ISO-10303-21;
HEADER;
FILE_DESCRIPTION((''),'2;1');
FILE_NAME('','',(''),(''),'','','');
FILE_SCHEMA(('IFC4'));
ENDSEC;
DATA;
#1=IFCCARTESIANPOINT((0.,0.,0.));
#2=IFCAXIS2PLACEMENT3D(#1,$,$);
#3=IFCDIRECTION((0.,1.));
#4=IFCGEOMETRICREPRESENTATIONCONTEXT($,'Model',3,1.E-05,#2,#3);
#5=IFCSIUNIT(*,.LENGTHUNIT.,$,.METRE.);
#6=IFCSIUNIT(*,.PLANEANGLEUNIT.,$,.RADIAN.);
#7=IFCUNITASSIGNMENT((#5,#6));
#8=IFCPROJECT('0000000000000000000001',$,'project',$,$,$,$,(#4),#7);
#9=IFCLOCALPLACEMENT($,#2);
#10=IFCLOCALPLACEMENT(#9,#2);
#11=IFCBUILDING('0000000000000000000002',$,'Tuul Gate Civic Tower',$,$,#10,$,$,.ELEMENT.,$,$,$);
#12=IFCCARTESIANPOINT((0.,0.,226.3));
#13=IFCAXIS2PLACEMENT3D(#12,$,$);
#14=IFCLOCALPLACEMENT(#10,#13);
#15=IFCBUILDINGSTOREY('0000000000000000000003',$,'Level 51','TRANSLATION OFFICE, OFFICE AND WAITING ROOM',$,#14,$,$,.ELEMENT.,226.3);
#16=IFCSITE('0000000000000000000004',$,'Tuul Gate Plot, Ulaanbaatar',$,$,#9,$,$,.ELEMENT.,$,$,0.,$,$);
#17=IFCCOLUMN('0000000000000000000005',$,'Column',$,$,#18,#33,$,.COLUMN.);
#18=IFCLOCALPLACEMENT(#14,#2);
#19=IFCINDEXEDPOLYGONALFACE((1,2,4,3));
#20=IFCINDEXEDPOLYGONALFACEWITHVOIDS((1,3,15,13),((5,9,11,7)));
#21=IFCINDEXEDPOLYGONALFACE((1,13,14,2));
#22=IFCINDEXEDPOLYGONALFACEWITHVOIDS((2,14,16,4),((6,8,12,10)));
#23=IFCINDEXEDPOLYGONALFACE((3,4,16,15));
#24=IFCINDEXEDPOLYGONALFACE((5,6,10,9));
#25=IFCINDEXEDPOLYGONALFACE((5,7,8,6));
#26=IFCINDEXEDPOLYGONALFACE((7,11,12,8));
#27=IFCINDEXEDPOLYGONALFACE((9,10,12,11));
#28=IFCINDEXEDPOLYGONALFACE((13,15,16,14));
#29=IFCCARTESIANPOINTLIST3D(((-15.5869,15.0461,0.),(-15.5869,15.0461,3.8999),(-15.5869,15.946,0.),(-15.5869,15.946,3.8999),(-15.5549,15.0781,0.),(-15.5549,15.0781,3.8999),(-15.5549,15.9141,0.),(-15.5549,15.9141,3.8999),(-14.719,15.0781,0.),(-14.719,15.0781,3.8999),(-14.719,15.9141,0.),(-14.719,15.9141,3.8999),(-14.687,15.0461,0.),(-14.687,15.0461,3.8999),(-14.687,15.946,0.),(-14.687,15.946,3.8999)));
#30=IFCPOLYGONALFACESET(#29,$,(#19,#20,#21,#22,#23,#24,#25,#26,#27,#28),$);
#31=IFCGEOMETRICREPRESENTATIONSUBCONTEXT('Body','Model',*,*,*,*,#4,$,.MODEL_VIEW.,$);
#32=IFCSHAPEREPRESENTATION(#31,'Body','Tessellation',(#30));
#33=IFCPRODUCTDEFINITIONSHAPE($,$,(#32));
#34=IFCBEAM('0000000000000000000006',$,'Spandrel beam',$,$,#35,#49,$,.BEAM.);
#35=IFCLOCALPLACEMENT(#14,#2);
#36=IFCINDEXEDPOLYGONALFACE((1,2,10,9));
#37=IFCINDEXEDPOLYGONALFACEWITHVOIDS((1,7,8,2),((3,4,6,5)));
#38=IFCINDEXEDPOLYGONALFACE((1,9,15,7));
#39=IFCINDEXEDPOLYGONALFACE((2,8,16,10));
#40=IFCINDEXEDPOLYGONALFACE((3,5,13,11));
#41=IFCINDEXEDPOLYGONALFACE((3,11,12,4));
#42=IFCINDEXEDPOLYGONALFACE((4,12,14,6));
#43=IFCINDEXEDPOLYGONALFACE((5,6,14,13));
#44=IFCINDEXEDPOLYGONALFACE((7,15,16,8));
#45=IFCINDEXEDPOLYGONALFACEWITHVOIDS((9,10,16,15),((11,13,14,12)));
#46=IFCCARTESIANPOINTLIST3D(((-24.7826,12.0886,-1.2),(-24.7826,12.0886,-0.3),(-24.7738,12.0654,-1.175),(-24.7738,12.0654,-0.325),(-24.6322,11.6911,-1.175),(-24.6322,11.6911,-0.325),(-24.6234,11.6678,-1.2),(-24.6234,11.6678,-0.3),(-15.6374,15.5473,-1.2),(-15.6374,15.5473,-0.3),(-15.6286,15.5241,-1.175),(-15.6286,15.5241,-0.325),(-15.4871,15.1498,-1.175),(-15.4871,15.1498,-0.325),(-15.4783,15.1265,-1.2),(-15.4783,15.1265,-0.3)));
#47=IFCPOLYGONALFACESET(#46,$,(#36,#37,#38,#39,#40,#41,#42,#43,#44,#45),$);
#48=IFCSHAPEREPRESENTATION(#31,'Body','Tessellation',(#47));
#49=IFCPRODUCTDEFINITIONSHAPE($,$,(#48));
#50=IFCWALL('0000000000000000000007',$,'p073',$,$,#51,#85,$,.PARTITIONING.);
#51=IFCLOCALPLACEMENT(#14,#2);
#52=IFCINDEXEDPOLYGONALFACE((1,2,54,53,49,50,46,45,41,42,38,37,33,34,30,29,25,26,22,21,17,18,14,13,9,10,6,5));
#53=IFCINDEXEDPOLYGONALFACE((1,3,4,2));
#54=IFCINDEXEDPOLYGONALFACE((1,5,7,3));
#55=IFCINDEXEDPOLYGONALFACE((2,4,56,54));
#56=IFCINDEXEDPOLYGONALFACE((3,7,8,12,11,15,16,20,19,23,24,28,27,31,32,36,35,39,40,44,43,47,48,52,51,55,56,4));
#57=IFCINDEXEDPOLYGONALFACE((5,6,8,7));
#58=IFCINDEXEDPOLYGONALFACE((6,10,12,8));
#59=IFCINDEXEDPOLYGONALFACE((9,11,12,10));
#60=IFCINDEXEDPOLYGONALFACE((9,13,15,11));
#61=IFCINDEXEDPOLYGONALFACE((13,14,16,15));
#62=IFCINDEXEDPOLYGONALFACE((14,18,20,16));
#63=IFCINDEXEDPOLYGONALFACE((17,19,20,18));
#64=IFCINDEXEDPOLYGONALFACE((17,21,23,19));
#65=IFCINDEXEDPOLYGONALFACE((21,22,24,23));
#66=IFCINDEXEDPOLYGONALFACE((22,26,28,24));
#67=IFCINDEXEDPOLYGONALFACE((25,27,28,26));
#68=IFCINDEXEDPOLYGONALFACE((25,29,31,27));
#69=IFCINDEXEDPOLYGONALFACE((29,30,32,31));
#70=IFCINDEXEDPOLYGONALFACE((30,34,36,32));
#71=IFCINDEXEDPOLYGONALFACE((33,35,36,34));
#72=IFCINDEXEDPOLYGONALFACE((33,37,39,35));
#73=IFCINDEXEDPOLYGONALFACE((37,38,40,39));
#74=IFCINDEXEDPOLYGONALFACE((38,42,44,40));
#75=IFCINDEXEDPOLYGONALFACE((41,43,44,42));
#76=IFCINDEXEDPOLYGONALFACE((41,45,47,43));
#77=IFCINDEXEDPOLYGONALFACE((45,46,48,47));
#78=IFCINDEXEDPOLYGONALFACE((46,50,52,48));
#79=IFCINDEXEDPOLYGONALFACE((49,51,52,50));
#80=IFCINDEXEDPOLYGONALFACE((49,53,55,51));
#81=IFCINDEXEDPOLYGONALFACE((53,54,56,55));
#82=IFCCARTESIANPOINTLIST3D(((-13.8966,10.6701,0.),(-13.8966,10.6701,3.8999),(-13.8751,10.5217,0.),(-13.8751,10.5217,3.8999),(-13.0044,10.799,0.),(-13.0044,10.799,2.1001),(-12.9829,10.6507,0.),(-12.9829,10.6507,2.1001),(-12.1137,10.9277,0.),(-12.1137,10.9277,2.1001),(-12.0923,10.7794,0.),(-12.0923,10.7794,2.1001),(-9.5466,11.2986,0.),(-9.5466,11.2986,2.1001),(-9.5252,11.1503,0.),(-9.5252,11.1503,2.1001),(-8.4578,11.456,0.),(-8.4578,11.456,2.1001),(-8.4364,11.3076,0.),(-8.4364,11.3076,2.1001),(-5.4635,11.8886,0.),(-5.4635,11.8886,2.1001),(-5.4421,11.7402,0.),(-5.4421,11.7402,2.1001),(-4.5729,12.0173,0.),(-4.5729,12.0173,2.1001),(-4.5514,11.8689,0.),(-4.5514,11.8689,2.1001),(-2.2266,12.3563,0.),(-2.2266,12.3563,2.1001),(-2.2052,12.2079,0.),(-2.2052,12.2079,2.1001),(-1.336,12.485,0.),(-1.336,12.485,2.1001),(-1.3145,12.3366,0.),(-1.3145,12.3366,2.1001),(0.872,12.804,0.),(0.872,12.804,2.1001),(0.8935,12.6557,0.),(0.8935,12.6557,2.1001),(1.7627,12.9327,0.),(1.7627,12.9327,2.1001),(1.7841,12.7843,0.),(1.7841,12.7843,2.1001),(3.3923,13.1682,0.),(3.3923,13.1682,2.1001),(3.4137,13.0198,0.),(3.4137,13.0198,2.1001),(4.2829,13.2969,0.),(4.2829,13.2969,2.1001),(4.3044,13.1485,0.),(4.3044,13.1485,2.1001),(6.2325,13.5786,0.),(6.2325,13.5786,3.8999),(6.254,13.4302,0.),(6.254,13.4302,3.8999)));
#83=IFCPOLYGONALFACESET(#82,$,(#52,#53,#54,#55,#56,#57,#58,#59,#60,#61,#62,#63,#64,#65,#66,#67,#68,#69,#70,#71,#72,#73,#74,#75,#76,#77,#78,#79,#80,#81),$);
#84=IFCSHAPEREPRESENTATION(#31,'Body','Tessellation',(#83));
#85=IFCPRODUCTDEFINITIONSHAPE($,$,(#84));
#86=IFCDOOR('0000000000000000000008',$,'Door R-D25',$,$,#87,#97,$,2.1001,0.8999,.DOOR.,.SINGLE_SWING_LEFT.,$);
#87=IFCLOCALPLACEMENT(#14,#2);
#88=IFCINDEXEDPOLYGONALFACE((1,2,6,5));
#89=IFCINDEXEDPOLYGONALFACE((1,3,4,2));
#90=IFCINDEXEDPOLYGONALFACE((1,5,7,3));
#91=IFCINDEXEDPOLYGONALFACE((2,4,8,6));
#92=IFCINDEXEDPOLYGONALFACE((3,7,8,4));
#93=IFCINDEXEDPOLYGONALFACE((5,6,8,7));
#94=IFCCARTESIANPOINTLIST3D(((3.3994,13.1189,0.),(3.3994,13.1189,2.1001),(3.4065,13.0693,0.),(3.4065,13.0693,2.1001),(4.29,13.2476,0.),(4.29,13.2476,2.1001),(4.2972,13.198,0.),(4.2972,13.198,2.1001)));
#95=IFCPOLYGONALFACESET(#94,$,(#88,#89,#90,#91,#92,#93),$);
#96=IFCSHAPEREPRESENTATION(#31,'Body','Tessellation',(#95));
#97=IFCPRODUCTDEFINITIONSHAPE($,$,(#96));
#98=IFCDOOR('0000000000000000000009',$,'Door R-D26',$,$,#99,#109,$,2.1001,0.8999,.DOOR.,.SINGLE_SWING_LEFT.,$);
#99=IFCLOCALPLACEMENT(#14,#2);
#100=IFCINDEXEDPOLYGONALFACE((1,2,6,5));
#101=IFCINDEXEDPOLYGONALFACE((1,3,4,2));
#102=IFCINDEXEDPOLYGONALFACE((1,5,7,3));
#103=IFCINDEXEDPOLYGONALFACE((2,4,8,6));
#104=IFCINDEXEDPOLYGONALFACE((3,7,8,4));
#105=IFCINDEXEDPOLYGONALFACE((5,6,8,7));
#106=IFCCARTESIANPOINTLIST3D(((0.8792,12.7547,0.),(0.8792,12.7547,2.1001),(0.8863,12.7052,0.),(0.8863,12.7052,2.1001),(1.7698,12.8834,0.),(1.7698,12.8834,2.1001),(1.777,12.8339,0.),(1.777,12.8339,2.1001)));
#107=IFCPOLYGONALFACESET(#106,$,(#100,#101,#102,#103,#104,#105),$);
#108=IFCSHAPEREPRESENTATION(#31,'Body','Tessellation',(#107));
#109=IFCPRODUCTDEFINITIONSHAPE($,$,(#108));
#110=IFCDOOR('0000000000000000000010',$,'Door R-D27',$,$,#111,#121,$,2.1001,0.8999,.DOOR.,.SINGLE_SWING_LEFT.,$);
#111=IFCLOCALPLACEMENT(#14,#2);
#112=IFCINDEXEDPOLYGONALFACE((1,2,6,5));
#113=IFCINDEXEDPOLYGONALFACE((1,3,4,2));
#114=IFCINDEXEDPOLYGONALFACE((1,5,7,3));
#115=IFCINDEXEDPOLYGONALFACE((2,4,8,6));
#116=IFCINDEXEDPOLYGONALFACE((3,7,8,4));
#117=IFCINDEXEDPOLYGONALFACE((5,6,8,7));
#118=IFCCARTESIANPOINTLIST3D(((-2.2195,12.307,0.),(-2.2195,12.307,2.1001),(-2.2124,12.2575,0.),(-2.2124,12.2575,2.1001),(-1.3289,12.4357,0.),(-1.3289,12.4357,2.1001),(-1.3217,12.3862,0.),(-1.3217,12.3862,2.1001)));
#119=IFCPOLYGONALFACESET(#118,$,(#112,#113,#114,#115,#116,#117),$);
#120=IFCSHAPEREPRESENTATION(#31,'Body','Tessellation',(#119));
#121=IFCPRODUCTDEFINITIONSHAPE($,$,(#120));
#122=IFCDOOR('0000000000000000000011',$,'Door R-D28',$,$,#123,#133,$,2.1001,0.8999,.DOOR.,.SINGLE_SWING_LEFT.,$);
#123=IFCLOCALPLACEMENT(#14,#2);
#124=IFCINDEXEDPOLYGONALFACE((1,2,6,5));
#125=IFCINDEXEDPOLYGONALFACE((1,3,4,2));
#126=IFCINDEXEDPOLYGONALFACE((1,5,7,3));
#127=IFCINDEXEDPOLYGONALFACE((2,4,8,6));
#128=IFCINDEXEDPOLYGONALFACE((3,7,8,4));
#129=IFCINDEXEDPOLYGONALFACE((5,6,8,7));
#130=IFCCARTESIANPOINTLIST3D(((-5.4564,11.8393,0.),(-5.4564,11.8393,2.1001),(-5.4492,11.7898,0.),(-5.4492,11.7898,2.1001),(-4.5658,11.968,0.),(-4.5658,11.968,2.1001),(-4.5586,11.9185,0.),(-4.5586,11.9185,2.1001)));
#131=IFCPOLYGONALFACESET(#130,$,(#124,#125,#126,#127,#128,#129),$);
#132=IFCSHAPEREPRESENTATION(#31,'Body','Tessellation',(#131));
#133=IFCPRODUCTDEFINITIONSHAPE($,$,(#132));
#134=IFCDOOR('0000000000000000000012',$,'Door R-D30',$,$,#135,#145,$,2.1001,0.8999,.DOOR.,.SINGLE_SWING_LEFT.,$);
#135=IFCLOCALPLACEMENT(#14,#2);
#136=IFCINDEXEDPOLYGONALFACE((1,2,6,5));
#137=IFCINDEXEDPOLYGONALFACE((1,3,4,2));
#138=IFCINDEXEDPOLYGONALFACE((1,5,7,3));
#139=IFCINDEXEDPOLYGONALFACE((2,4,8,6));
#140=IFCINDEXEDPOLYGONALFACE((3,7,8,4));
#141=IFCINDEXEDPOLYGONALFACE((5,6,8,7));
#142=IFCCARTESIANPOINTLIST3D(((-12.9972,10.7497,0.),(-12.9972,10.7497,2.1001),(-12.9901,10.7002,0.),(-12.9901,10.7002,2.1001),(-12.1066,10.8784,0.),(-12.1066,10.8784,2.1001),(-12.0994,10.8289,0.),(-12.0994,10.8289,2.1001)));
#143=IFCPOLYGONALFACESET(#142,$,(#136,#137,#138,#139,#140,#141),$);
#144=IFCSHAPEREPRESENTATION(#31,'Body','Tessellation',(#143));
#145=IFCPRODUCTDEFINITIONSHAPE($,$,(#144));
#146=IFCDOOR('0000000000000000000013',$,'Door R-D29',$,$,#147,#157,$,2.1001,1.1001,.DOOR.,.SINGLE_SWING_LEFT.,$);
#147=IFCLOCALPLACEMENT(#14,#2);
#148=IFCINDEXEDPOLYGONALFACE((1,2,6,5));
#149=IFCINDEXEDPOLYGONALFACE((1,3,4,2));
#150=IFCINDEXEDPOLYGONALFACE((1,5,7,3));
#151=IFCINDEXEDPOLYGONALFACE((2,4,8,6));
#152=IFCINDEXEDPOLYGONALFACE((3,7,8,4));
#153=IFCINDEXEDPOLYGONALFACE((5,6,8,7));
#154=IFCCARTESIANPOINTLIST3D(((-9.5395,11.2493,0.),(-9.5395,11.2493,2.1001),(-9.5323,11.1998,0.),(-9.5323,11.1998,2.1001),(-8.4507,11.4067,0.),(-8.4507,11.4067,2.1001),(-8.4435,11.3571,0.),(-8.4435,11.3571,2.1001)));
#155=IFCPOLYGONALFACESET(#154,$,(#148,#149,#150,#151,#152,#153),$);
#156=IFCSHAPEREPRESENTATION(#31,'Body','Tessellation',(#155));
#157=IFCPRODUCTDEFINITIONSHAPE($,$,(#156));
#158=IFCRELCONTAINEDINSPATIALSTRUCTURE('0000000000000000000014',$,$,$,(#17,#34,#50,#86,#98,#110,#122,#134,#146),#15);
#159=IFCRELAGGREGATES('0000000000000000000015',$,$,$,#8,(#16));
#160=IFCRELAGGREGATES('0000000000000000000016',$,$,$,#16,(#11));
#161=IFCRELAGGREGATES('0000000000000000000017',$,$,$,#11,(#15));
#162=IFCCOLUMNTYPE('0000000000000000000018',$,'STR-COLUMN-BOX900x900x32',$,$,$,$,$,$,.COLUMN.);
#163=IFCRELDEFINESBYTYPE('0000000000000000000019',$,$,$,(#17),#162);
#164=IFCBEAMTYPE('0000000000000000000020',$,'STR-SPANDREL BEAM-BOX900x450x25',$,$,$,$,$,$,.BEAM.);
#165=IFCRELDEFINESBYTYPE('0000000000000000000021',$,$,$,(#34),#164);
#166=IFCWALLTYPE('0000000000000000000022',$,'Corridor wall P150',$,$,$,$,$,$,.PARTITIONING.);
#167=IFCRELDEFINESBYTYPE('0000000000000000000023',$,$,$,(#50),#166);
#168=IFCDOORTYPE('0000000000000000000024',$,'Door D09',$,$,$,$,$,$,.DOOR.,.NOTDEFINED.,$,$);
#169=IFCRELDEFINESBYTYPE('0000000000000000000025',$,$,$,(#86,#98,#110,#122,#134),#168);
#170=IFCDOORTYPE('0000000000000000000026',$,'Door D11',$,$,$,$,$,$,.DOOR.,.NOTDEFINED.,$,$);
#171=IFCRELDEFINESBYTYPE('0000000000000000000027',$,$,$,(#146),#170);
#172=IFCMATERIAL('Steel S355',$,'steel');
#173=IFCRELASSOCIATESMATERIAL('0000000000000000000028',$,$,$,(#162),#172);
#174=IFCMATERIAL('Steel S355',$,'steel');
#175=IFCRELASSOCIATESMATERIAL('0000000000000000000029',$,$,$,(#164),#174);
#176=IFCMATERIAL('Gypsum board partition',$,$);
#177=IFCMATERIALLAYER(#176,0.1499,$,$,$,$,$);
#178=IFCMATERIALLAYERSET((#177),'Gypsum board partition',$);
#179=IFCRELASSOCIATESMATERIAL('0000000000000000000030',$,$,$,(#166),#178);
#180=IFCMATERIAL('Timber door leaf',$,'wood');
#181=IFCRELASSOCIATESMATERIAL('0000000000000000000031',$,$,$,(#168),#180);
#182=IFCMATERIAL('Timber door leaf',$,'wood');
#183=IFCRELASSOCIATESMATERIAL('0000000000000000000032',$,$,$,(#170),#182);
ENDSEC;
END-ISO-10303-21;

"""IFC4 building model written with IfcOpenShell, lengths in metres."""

from ifc_helpers import new_model, si_unit, direction, frame, frame_2d, origin, origin_2d, place, context, subcontext, project, spatial, rectangle, hollow_rectangle, extrude, material, layer, layer_set, material_profile, profile_set, type_object, element, fill, save


model = new_model("IFC4")

# Units and contexts
model_context = context("Model", 3, precision=1e-05, world=origin(), true_north=direction((0.0, 1.0)))
body_context = subcontext(model_context, "Body", "Model", "MODEL_VIEW")
ifc_project = project(units=[si_unit("LENGTHUNIT", "METRE"), si_unit("PLANEANGLEUNIT", "RADIAN")], contexts=[model_context])

# Site, building, storey
site_placement = place(None, origin())
site = spatial("IfcSite", under=ifc_project, at=site_placement, Name="Tuul Gate Plot, Ulaanbaatar", CompositionType="ELEMENT", RefElevation=0.0)
building_placement = place(site_placement, origin())
building = spatial("IfcBuilding", under=site, at=building_placement, Name="Tuul Gate Civic Tower", CompositionType="ELEMENT")
storey_placement = place(building_placement, frame((0.0, 0.0, 226.3)))
storey = spatial("IfcBuildingStorey", under=building, at=storey_placement, Name="Level 51", Description="TRANSLATION OFFICE, OFFICE AND WAITING ROOM", CompositionType="ELEMENT", Elevation=226.3)

# Column
ifc_material_1 = material(Name="Steel S355", Category="steel")
ifc_material_profile_1 = material_profile(ifc_material_1, hollow_rectangle(XDim=0.8999, YDim=0.8999, WallThickness=0.032, at=origin_2d()), Name="BOX900x900x32")
ifc_profile_set_1 = profile_set([ifc_material_profile_1], Name="Steel S355")
column_type = type_object("IfcColumnType", Name="STR-COLUMN-BOX900x900x32", PredefinedType="COLUMN", material=ifc_profile_set_1)
column_placement = place(storey_placement, frame((-15.137, 15.4961, 0.0), z_axis=(0.0, 0.0, 1.0), x_axis=(1.0, 0.0, 0.0)))
element("IfcColumn", 1, at=column_placement, inside=storey, type_object=column_type, Name="Column", PredefinedType="COLUMN", context=body_context, shape_type="SweptSolid", body=[
    extrude(hollow_rectangle(XDim=0.8999, YDim=0.8999, WallThickness=0.032, at=origin_2d()), origin(), (0.0, 0.0, 1.0), 3.8999),
])

# Beam
ifc_material_2 = material(Name="Steel S355", Category="steel")
ifc_material_profile_2 = material_profile(ifc_material_2, hollow_rectangle(XDim=0.45, YDim=0.8999, WallThickness=0.0249, at=origin_2d()), Name="BOX900x450x25")
ifc_profile_set_2 = profile_set([ifc_material_profile_2], Name="Steel S355")
beam_type = type_object("IfcBeamType", Name="STR-SPANDREL BEAM-BOX900x450x25", PredefinedType="BEAM", material=ifc_profile_set_2)
beam_placement = place(storey_placement, frame((-15.5579, 15.3369, -0.75), z_axis=(-0.935341, -0.353746, 0.0), x_axis=(0.353746, -0.935341, 0.0)))
element("IfcBeam", 2, at=beam_placement, inside=storey, type_object=beam_type, Name="Spandrel beam", PredefinedType="BEAM", context=body_context, shape_type="SweptSolid", body=[
    extrude(hollow_rectangle(XDim=0.45, YDim=0.8999, WallThickness=0.0249, at=origin_2d()), origin(), (0.0, 0.0, 1.0), 9.7773),
])

# Wall, openings, doors
ifc_material_3 = material(Name="Gypsum board partition")
ifc_layer_1 = layer(ifc_material_3, 0.1499)
ifc_layer_set_1 = layer_set([ifc_layer_1], Name="Gypsum board partition")
wall_type_1 = type_object("IfcWallType", Name="Corridor wall P150", PredefinedType="PARTITIONING", material=ifc_layer_set_1)
wall_1_placement = place(storey_placement, frame((-13.8857, 10.5959, 0.0), z_axis=(0.0, 0.0, 1.0), x_axis=(0.989722, 0.143004, 0.0)))
wall_1 = element("IfcWall", 3, at=wall_1_placement, inside=storey, type_object=wall_type_1, Name="p073", PredefinedType="PARTITIONING", context=body_context, shape_type="SweptSolid", body=[
    extrude(rectangle(XDim=20.3381, YDim=0.1499, at=frame_2d((10.1689, 0.0))), origin(), (0.0, 0.0, 1.0), 3.8999),
])
opening_1_placement = place(wall_1_placement, frame((17.4683, 0.0, 0.0)))
opening_1 = element("IfcOpeningElement", 4, at=opening_1_placement, cuts=wall_1, PredefinedType="OPENING", context=body_context, shape_type="SweptSolid", body=[
    extrude(rectangle(XDim=0.8999, YDim=2.1001, at=frame_2d((0.45, 1.05))), frame((0.0, 0.085, 0.0), z_axis=(0.0, -1.0, 0.0), x_axis=(1.0, 0.0, 0.0)), (0.0, 0.0, 1.0), 0.1699),
])
opening_2_placement = place(wall_1_placement, frame((14.9219, 0.0, 0.0)))
opening_2 = element("IfcOpeningElement", 5, at=opening_2_placement, cuts=wall_1, PredefinedType="OPENING", context=body_context, shape_type="SweptSolid", body=[
    extrude(rectangle(XDim=0.8999, YDim=2.1001, at=frame_2d((0.45, 1.05))), frame((0.0, 0.085, 0.0), z_axis=(0.0, -1.0, 0.0), x_axis=(1.0, 0.0, 0.0)), (0.0, 0.0, 1.0), 0.1699),
])
opening_3_placement = place(wall_1_placement, frame((11.791, 0.0, 0.0)))
opening_3 = element("IfcOpeningElement", 6, at=opening_3_placement, cuts=wall_1, PredefinedType="OPENING", context=body_context, shape_type="SweptSolid", body=[
    extrude(rectangle(XDim=0.8999, YDim=2.1001, at=frame_2d((0.45, 1.05))), frame((0.0, 0.085, 0.0), z_axis=(0.0, -1.0, 0.0), x_axis=(1.0, 0.0, 0.0)), (0.0, 0.0, 1.0), 0.1699),
])
opening_4_placement = place(wall_1_placement, frame((8.5205, 0.0, 0.0)))
opening_4 = element("IfcOpeningElement", 7, at=opening_4_placement, cuts=wall_1, PredefinedType="OPENING", context=body_context, shape_type="SweptSolid", body=[
    extrude(rectangle(XDim=0.8999, YDim=2.1001, at=frame_2d((0.45, 1.05))), frame((0.0, 0.085, 0.0), z_axis=(0.0, -1.0, 0.0), x_axis=(1.0, 0.0, 0.0)), (0.0, 0.0, 1.0), 0.1699),
])
opening_5_placement = place(wall_1_placement, frame((4.395, 0.0, 0.0)))
opening_5 = element("IfcOpeningElement", 8, at=opening_5_placement, cuts=wall_1, PredefinedType="OPENING", context=body_context, shape_type="SweptSolid", body=[
    extrude(rectangle(XDim=1.1001, YDim=2.1001, at=frame_2d((0.55, 1.05))), frame((0.0, 0.085, 0.0), z_axis=(0.0, -1.0, 0.0), x_axis=(1.0, 0.0, 0.0)), (0.0, 0.0, 1.0), 0.1699),
])
opening_6_placement = place(wall_1_placement, frame((0.9014, 0.0, 0.0)))
opening_6 = element("IfcOpeningElement", 9, at=opening_6_placement, cuts=wall_1, PredefinedType="OPENING", context=body_context, shape_type="SweptSolid", body=[
    extrude(rectangle(XDim=0.8999, YDim=2.1001, at=frame_2d((0.45, 1.05))), frame((0.0, 0.085, 0.0), z_axis=(0.0, -1.0, 0.0), x_axis=(1.0, 0.0, 0.0)), (0.0, 0.0, 1.0), 0.1699),
])
ifc_material_4 = material(Name="Timber door leaf", Category="wood")
door_type_1 = type_object("IfcDoorType", Name="Door D09", OperationType="NOTDEFINED", PredefinedType="DOOR", material=ifc_material_4)
door_1_placement = place(opening_1_placement, frame((0.8999, 0.0, 0.0), z_axis=(0.0, 0.0, 1.0), x_axis=(-1.0, 0.0, 0.0)))
door_1 = element("IfcDoor", 10, at=door_1_placement, inside=storey, type_object=door_type_1, Name="Door R-D25", OperationType="SINGLE_SWING_LEFT", OverallHeight=2.1001, OverallWidth=0.8999, PredefinedType="DOOR", context=body_context, shape_type="SweptSolid", body=[
    extrude(rectangle(XDim=0.8999, YDim=2.1001, at=frame_2d((0.45, 1.05))), frame((0.0, 0.0249, 0.0), z_axis=(0.0, -1.0, 0.0), x_axis=(1.0, 0.0, 0.0)), (0.0, 0.0, 1.0), 0.05),
])
fill(opening_1, door_1)
door_2_placement = place(opening_2_placement, frame((0.8999, 0.0, 0.0), z_axis=(0.0, 0.0, 1.0), x_axis=(-1.0, 0.0, 0.0)))
door_2 = element("IfcDoor", 11, at=door_2_placement, inside=storey, type_object=door_type_1, Name="Door R-D26", OperationType="SINGLE_SWING_LEFT", OverallHeight=2.1001, OverallWidth=0.8999, PredefinedType="DOOR", context=body_context, shape_type="SweptSolid", body=[
    extrude(rectangle(XDim=0.8999, YDim=2.1001, at=frame_2d((0.45, 1.05))), frame((0.0, 0.0249, 0.0), z_axis=(0.0, -1.0, 0.0), x_axis=(1.0, 0.0, 0.0)), (0.0, 0.0, 1.0), 0.05),
])
fill(opening_2, door_2)
door_3_placement = place(opening_3_placement, frame((0.8999, 0.0, 0.0), z_axis=(0.0, 0.0, 1.0), x_axis=(-1.0, 0.0, 0.0)))
door_3 = element("IfcDoor", 12, at=door_3_placement, inside=storey, type_object=door_type_1, Name="Door R-D27", OperationType="SINGLE_SWING_LEFT", OverallHeight=2.1001, OverallWidth=0.8999, PredefinedType="DOOR", context=body_context, shape_type="SweptSolid", body=[
    extrude(rectangle(XDim=0.8999, YDim=2.1001, at=frame_2d((0.45, 1.05))), frame((0.0, 0.0249, 0.0), z_axis=(0.0, -1.0, 0.0), x_axis=(1.0, 0.0, 0.0)), (0.0, 0.0, 1.0), 0.05),
])
fill(opening_3, door_3)
door_4_placement = place(opening_4_placement, frame((0.8999, 0.0, 0.0), z_axis=(0.0, 0.0, 1.0), x_axis=(-1.0, 0.0, 0.0)))
door_4 = element("IfcDoor", 13, at=door_4_placement, inside=storey, type_object=door_type_1, Name="Door R-D28", OperationType="SINGLE_SWING_LEFT", OverallHeight=2.1001, OverallWidth=0.8999, PredefinedType="DOOR", context=body_context, shape_type="SweptSolid", body=[
    extrude(rectangle(XDim=0.8999, YDim=2.1001, at=frame_2d((0.45, 1.05))), frame((0.0, 0.0249, 0.0), z_axis=(0.0, -1.0, 0.0), x_axis=(1.0, 0.0, 0.0)), (0.0, 0.0, 1.0), 0.05),
])
fill(opening_4, door_4)
door_5_placement = place(opening_6_placement, frame((0.8999, 0.0, 0.0), z_axis=(0.0, 0.0, 1.0), x_axis=(-1.0, 0.0, 0.0)))
door_5 = element("IfcDoor", 14, at=door_5_placement, inside=storey, type_object=door_type_1, Name="Door R-D30", OperationType="SINGLE_SWING_LEFT", OverallHeight=2.1001, OverallWidth=0.8999, PredefinedType="DOOR", context=body_context, shape_type="SweptSolid", body=[
    extrude(rectangle(XDim=0.8999, YDim=2.1001, at=frame_2d((0.45, 1.05))), frame((0.0, 0.0249, 0.0), z_axis=(0.0, -1.0, 0.0), x_axis=(1.0, 0.0, 0.0)), (0.0, 0.0, 1.0), 0.05),
])
fill(opening_6, door_5)
ifc_material_5 = material(Name="Timber door leaf", Category="wood")
door_type_2 = type_object("IfcDoorType", Name="Door D11", OperationType="NOTDEFINED", PredefinedType="DOOR", material=ifc_material_5)
door_6_placement = place(opening_5_placement, frame((1.1001, 0.0, 0.0), z_axis=(0.0, 0.0, 1.0), x_axis=(-1.0, 0.0, 0.0)))
door_6 = element("IfcDoor", 15, at=door_6_placement, inside=storey, type_object=door_type_2, Name="Door R-D29", OperationType="SINGLE_SWING_LEFT", OverallHeight=2.1001, OverallWidth=1.1001, PredefinedType="DOOR", context=body_context, shape_type="SweptSolid", body=[
    extrude(rectangle(XDim=1.1001, YDim=2.1001, at=frame_2d((0.55, 1.05))), frame((0.0, 0.0249, 0.0), z_axis=(0.0, -1.0, 0.0), x_axis=(1.0, 0.0, 0.0)), (0.0, 0.0, 1.0), 0.05),
])
fill(opening_5, door_6)

save(model, "model.ifc")
